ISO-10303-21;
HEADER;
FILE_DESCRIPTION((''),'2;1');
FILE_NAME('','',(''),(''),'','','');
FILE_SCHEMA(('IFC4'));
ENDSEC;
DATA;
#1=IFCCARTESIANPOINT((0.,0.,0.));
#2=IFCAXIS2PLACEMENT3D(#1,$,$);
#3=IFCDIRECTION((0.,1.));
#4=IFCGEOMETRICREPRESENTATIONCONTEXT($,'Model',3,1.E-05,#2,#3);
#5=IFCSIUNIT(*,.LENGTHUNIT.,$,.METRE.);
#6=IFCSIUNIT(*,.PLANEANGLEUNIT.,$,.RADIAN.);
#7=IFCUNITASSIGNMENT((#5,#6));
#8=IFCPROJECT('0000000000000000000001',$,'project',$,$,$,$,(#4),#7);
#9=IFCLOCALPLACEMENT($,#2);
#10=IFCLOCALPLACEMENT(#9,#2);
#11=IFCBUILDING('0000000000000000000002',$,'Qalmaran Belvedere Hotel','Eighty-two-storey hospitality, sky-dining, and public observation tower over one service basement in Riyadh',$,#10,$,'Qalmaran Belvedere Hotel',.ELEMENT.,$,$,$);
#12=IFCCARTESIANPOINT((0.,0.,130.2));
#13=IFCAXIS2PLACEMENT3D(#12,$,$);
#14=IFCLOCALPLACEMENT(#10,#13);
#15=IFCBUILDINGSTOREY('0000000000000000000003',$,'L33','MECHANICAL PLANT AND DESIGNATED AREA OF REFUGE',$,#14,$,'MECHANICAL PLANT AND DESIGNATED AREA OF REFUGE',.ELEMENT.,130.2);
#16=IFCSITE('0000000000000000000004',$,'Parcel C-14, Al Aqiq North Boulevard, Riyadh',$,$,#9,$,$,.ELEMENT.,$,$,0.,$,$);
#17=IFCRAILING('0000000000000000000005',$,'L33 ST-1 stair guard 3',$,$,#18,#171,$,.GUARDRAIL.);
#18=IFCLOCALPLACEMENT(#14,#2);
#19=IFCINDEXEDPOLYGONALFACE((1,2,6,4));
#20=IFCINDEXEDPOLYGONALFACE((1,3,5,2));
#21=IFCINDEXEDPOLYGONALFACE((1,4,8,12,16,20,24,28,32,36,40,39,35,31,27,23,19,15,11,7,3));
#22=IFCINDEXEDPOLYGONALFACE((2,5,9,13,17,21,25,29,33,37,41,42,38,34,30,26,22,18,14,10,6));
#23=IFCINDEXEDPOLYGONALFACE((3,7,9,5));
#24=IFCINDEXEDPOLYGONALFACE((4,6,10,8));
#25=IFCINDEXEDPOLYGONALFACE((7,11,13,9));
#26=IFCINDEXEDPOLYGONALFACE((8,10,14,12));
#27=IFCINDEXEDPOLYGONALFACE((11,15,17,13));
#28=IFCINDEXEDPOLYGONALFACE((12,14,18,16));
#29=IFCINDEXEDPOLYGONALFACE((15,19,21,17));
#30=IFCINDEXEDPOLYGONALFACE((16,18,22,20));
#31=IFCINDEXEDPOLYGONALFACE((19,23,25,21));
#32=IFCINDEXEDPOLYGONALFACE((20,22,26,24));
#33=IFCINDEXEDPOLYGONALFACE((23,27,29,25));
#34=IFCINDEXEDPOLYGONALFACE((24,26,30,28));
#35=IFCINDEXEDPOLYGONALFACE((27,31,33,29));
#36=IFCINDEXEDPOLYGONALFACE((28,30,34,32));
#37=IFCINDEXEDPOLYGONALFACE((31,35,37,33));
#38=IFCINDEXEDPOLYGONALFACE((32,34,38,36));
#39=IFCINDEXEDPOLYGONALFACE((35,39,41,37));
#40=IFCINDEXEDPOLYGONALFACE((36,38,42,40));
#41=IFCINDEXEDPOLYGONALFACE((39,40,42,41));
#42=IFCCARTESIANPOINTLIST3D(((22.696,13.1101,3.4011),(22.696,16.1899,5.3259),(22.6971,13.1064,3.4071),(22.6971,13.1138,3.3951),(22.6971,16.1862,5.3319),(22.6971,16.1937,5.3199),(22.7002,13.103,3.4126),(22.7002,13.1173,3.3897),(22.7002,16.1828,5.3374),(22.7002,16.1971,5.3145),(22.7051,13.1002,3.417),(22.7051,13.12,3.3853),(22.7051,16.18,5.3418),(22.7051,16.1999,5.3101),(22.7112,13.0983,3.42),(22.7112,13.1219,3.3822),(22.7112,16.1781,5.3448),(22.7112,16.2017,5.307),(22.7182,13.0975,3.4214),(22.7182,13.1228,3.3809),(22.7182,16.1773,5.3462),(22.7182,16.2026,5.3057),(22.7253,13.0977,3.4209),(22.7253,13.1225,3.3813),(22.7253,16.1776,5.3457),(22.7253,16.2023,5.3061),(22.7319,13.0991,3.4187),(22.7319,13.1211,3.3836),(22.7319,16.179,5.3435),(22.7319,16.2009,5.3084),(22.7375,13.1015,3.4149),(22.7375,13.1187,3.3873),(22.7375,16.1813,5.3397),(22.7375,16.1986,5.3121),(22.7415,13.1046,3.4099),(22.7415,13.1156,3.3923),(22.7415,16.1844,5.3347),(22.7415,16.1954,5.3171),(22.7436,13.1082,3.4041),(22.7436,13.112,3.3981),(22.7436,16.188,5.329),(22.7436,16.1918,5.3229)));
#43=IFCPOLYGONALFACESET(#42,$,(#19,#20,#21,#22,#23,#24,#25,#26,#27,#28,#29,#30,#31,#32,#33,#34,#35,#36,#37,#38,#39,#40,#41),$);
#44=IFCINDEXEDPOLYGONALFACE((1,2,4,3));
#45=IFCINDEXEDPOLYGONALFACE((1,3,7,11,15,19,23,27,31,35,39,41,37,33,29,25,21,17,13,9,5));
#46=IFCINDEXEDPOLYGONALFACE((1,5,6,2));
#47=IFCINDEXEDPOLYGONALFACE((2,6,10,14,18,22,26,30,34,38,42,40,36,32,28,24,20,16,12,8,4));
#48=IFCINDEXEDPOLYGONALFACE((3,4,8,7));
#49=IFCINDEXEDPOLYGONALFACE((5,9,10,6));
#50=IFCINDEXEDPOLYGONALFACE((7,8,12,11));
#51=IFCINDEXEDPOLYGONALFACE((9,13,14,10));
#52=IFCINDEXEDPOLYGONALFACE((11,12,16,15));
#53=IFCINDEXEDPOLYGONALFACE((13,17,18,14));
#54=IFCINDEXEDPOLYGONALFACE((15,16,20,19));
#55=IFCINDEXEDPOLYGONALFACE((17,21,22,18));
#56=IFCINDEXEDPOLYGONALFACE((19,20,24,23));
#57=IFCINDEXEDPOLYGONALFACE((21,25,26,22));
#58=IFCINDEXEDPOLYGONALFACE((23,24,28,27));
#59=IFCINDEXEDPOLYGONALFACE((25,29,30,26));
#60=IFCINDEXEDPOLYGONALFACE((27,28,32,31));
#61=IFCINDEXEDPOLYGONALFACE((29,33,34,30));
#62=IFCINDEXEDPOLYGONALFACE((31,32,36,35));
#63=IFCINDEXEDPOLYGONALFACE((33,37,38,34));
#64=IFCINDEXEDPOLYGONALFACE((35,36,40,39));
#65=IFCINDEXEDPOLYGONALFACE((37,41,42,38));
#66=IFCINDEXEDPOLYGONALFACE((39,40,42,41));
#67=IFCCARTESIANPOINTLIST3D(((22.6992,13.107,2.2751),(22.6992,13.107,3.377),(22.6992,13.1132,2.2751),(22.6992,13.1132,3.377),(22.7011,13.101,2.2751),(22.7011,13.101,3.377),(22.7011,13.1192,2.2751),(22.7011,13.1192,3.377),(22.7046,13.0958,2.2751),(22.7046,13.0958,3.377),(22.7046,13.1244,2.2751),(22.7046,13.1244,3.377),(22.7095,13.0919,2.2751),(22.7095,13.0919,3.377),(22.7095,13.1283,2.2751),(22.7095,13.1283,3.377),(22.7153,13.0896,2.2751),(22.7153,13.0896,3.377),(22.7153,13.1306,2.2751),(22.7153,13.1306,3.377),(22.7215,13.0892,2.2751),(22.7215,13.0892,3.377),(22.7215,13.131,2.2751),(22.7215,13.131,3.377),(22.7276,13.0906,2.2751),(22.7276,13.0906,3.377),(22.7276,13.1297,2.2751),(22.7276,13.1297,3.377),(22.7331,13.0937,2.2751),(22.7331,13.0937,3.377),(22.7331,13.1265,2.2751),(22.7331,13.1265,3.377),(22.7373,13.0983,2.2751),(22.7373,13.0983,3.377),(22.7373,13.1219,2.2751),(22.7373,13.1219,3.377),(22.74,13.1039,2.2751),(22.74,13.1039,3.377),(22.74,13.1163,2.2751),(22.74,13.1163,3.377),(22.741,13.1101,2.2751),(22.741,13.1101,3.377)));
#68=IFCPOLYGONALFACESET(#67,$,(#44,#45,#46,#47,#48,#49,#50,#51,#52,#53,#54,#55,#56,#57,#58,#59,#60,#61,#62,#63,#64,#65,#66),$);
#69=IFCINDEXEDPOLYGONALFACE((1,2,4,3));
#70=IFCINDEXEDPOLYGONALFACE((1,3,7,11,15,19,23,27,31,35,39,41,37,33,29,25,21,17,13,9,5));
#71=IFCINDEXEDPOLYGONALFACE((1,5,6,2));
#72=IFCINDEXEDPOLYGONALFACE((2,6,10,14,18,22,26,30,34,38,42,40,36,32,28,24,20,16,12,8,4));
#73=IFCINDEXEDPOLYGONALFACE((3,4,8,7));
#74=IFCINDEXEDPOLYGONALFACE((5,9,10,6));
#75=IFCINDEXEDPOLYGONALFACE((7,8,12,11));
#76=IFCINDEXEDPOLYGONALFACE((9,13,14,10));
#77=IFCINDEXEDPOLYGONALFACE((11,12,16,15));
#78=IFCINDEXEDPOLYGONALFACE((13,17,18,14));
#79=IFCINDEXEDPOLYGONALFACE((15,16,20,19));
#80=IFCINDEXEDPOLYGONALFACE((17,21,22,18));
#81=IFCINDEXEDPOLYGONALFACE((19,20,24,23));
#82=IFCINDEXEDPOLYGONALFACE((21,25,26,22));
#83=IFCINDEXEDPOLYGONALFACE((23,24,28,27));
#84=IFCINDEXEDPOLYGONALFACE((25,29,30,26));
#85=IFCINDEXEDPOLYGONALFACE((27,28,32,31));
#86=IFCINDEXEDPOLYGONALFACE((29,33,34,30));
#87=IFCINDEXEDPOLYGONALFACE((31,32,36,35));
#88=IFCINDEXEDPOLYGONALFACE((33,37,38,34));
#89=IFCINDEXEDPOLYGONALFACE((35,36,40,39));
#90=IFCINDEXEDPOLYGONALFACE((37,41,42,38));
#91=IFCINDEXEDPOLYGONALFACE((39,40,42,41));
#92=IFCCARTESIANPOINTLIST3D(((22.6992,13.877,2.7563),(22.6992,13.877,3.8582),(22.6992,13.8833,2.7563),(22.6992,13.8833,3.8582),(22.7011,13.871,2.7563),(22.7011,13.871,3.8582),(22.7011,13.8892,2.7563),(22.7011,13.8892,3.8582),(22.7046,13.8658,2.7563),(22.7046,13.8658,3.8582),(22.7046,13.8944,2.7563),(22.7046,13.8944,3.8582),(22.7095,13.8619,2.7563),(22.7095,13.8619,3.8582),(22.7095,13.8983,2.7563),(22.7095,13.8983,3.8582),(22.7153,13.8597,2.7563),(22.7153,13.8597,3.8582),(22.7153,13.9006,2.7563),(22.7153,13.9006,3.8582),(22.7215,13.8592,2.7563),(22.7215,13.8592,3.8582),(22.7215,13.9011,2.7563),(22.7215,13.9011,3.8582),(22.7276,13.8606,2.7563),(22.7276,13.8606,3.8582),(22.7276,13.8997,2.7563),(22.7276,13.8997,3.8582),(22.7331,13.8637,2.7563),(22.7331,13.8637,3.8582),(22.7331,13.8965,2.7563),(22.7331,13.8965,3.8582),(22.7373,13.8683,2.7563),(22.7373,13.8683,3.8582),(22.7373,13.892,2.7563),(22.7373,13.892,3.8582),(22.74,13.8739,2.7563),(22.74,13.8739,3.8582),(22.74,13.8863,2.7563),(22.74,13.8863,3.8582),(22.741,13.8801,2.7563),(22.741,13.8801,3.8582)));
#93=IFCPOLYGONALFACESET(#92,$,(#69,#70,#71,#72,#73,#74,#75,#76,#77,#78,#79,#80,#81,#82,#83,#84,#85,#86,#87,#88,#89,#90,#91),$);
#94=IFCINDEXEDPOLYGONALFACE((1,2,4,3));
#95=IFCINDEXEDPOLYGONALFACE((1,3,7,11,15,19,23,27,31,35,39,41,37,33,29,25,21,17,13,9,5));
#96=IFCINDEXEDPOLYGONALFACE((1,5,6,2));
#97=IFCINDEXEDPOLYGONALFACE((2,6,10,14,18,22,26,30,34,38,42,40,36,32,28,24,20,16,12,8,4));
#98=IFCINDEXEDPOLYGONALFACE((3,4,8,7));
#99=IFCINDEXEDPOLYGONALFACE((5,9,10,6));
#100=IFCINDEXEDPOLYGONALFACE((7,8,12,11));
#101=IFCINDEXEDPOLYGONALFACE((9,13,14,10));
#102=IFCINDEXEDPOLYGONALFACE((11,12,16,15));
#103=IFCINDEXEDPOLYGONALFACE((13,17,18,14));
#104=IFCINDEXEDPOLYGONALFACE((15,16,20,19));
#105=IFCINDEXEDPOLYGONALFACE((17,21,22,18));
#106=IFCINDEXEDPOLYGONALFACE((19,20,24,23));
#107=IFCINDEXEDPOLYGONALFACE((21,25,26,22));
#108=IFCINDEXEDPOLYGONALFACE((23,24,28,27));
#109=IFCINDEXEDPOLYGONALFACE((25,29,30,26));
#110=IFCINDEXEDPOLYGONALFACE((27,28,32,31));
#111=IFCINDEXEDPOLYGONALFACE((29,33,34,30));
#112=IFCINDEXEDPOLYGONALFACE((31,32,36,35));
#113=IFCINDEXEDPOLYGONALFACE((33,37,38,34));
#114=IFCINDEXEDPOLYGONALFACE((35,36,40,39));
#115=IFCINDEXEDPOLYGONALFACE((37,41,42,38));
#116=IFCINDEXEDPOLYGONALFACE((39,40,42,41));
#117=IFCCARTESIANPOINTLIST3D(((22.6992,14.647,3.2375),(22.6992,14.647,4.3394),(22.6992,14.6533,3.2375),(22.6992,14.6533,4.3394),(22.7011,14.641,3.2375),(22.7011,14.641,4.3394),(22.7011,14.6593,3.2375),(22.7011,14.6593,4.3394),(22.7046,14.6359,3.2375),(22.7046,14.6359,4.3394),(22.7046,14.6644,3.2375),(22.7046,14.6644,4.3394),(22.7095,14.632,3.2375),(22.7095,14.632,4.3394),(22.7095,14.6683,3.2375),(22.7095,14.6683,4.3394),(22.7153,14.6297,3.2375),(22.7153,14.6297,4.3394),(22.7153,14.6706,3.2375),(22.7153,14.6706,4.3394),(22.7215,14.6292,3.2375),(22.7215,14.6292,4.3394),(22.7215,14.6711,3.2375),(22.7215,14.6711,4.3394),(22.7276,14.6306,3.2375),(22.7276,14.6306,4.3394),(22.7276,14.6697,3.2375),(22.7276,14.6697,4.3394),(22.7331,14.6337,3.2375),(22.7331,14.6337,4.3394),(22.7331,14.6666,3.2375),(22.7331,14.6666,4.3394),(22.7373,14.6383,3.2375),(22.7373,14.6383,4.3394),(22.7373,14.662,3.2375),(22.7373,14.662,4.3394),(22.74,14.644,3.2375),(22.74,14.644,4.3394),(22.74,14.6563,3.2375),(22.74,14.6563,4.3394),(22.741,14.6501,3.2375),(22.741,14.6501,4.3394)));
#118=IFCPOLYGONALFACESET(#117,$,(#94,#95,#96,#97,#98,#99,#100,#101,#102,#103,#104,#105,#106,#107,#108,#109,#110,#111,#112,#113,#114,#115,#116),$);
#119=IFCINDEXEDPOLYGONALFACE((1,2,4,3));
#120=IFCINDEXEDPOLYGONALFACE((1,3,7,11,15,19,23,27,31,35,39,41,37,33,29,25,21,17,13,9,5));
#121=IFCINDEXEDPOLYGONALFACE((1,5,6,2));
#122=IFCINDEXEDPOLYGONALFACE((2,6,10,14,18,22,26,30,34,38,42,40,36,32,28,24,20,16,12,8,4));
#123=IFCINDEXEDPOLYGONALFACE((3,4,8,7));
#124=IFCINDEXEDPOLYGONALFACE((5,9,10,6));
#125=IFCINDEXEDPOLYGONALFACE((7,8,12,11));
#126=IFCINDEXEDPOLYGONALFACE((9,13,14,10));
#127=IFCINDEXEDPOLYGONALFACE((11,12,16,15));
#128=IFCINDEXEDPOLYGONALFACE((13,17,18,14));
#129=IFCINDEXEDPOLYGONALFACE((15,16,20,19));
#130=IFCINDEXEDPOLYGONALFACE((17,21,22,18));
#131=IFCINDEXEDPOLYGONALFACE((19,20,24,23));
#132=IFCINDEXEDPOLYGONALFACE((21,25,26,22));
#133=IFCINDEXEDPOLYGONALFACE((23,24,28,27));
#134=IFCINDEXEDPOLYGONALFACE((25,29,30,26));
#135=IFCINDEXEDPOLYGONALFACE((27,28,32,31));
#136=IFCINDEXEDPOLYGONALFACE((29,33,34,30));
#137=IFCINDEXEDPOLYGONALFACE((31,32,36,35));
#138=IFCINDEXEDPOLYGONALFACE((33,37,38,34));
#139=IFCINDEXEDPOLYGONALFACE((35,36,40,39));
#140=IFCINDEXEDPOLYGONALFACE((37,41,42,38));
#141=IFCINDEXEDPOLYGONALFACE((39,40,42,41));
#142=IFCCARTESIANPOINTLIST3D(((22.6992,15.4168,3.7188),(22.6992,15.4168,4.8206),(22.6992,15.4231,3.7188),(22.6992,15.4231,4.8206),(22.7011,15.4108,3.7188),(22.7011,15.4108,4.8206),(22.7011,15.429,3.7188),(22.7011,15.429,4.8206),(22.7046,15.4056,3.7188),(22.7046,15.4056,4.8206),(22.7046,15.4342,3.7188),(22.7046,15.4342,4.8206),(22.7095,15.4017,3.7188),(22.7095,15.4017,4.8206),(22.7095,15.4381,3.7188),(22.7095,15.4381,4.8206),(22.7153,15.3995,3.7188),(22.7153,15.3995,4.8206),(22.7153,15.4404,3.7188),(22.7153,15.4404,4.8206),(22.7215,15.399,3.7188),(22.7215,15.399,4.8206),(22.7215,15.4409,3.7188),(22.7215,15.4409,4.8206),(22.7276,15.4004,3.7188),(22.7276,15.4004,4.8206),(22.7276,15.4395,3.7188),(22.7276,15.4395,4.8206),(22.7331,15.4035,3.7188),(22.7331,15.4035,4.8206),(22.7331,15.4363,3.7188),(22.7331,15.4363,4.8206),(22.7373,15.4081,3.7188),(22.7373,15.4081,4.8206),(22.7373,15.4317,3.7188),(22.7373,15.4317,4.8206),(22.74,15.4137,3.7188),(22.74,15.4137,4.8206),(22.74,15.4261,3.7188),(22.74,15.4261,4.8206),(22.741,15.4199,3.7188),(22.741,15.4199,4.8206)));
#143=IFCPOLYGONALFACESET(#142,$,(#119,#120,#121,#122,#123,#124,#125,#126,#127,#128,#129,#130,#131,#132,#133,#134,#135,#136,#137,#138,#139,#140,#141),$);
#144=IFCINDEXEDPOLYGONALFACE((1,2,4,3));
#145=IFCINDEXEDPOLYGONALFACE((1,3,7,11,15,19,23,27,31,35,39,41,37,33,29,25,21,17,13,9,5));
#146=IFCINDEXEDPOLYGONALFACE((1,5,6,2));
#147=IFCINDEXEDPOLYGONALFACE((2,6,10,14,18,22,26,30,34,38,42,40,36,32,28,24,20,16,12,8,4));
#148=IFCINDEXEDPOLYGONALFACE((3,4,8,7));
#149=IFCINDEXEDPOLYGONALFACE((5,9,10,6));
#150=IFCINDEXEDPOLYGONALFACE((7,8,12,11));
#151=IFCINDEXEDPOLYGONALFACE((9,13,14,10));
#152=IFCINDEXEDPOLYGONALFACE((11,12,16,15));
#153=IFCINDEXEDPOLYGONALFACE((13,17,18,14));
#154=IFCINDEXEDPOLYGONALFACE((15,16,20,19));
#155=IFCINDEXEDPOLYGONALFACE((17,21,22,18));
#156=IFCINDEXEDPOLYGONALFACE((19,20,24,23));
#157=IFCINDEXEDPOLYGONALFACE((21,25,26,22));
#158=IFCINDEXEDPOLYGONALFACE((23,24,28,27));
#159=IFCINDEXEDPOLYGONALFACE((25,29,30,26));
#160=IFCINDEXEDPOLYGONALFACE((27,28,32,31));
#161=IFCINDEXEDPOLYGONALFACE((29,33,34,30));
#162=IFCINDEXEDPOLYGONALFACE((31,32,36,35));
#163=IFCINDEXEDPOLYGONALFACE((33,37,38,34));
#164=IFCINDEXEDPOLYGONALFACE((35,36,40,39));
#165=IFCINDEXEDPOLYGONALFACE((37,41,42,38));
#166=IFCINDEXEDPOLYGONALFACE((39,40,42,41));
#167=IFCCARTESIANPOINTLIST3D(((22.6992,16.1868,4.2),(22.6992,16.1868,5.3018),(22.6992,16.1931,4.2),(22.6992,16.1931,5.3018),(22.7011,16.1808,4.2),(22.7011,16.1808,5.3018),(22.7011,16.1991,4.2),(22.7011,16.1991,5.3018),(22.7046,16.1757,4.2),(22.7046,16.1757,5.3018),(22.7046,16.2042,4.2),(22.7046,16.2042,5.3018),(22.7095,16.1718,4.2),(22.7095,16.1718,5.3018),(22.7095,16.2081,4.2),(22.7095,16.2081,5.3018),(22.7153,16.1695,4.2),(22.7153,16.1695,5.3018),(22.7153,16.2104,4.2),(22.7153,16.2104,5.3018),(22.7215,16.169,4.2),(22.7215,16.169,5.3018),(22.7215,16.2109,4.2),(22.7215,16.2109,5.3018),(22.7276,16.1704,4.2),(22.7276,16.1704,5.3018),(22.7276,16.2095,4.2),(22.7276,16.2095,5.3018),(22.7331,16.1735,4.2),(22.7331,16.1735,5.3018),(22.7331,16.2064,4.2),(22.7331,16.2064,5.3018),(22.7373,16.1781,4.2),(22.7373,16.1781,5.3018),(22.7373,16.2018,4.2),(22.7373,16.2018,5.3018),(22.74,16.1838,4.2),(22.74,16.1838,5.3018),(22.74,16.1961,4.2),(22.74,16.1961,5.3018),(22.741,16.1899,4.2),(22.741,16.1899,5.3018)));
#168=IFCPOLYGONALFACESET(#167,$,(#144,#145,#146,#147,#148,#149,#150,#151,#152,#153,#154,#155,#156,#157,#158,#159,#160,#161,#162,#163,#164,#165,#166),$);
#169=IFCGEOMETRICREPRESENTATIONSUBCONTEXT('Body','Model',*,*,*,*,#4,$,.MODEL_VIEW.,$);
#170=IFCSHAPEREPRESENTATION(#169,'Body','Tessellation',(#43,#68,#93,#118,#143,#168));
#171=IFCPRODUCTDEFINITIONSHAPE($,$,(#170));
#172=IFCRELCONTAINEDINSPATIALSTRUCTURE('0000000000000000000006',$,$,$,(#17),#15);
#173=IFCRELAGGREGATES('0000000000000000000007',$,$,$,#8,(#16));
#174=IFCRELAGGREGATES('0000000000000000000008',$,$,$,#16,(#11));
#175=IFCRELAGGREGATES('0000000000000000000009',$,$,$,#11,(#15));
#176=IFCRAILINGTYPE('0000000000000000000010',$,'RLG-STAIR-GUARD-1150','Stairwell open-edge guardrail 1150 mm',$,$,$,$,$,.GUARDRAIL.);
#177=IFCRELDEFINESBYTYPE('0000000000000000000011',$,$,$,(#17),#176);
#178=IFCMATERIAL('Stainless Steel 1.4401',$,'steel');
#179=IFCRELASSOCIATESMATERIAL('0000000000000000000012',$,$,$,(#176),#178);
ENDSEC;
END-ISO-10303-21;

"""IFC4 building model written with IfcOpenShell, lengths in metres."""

from ifc_helpers import new_model, si_unit, direction, frame, origin, origin_2d, place, context, subcontext, project, spatial, circle, extrude, material, type_object, element, save


model = new_model("IFC4")

# Units and contexts
model_context = context("Model", 3, precision=1e-05, world=origin(), true_north=direction((0.0, 1.0)))
body_context = subcontext(model_context, "Body", "Model", "MODEL_VIEW")
ifc_project = project(units=[si_unit("LENGTHUNIT", "METRE"), si_unit("PLANEANGLEUNIT", "RADIAN")], contexts=[model_context])

# Site, building, storey
site_placement = place(None, origin())
site = spatial("IfcSite", under=ifc_project, at=site_placement, Name="Parcel C-14, Al Aqiq North Boulevard, Riyadh", CompositionType="ELEMENT", RefElevation=0.0)
building_placement = place(site_placement, origin())
building = spatial("IfcBuilding", under=site, at=building_placement, Name="Qalmaran Belvedere Hotel", Description="Eighty-two-storey hospitality, sky-dining, and public observation tower over one service basement in Riyadh", LongName="Qalmaran Belvedere Hotel", CompositionType="ELEMENT")
storey_placement = place(building_placement, frame((0.0, 0.0, 130.2)))
storey = spatial("IfcBuildingStorey", under=building, at=storey_placement, Name="L33", Description="MECHANICAL PLANT AND DESIGNATED AREA OF REFUGE", LongName="MECHANICAL PLANT AND DESIGNATED AREA OF REFUGE", CompositionType="ELEMENT", Elevation=130.2)

# Railing
ifc_material_1 = material(Name="Stainless Steel 1.4401", Category="steel")
railing_type = type_object("IfcRailingType", Name="RLG-STAIR-GUARD-1150", Description="Stairwell open-edge guardrail 1150 mm", PredefinedType="GUARDRAIL", material=ifc_material_1)
railing_1_placement = place(storey_placement, frame((22.72, 13.1101, 2.2751)))
element("IfcRailing", 1, at=railing_1_placement, inside=storey, type_object=railing_type, Name="L33 ST-1 stair guard 3", PredefinedType="GUARDRAIL", context=body_context, shape_type="SweptSolid", body=[
    extrude(circle(Radius=0.0239, at=origin_2d()), frame((0.0, 0.0, 1.126), z_axis=(0.0, 0.84801, 0.529981), x_axis=(-1.0, 0.0, 0.0)), (0.0, 0.0, 1.0), 3.6318),
    extrude(circle(Radius=0.021, at=origin_2d()), origin(), (0.0, 0.0, 1.0), 1.1018),
    extrude(circle(Radius=0.021, at=origin_2d()), frame((0.0, 0.77, 0.4812)), (0.0, 0.0, 1.0), 1.1018),
    extrude(circle(Radius=0.021, at=origin_2d()), frame((0.0, 1.54, 0.9624)), (0.0, 0.0, 1.0), 1.1018),
    extrude(circle(Radius=0.021, at=origin_2d()), frame((0.0, 2.3098, 1.4436)), (0.0, 0.0, 1.0), 1.1018),
    extrude(circle(Radius=0.021, at=origin_2d()), frame((0.0, 3.0798, 1.9248)), (0.0, 0.0, 1.0), 1.1018),
])

save(model, "model.ifc")
